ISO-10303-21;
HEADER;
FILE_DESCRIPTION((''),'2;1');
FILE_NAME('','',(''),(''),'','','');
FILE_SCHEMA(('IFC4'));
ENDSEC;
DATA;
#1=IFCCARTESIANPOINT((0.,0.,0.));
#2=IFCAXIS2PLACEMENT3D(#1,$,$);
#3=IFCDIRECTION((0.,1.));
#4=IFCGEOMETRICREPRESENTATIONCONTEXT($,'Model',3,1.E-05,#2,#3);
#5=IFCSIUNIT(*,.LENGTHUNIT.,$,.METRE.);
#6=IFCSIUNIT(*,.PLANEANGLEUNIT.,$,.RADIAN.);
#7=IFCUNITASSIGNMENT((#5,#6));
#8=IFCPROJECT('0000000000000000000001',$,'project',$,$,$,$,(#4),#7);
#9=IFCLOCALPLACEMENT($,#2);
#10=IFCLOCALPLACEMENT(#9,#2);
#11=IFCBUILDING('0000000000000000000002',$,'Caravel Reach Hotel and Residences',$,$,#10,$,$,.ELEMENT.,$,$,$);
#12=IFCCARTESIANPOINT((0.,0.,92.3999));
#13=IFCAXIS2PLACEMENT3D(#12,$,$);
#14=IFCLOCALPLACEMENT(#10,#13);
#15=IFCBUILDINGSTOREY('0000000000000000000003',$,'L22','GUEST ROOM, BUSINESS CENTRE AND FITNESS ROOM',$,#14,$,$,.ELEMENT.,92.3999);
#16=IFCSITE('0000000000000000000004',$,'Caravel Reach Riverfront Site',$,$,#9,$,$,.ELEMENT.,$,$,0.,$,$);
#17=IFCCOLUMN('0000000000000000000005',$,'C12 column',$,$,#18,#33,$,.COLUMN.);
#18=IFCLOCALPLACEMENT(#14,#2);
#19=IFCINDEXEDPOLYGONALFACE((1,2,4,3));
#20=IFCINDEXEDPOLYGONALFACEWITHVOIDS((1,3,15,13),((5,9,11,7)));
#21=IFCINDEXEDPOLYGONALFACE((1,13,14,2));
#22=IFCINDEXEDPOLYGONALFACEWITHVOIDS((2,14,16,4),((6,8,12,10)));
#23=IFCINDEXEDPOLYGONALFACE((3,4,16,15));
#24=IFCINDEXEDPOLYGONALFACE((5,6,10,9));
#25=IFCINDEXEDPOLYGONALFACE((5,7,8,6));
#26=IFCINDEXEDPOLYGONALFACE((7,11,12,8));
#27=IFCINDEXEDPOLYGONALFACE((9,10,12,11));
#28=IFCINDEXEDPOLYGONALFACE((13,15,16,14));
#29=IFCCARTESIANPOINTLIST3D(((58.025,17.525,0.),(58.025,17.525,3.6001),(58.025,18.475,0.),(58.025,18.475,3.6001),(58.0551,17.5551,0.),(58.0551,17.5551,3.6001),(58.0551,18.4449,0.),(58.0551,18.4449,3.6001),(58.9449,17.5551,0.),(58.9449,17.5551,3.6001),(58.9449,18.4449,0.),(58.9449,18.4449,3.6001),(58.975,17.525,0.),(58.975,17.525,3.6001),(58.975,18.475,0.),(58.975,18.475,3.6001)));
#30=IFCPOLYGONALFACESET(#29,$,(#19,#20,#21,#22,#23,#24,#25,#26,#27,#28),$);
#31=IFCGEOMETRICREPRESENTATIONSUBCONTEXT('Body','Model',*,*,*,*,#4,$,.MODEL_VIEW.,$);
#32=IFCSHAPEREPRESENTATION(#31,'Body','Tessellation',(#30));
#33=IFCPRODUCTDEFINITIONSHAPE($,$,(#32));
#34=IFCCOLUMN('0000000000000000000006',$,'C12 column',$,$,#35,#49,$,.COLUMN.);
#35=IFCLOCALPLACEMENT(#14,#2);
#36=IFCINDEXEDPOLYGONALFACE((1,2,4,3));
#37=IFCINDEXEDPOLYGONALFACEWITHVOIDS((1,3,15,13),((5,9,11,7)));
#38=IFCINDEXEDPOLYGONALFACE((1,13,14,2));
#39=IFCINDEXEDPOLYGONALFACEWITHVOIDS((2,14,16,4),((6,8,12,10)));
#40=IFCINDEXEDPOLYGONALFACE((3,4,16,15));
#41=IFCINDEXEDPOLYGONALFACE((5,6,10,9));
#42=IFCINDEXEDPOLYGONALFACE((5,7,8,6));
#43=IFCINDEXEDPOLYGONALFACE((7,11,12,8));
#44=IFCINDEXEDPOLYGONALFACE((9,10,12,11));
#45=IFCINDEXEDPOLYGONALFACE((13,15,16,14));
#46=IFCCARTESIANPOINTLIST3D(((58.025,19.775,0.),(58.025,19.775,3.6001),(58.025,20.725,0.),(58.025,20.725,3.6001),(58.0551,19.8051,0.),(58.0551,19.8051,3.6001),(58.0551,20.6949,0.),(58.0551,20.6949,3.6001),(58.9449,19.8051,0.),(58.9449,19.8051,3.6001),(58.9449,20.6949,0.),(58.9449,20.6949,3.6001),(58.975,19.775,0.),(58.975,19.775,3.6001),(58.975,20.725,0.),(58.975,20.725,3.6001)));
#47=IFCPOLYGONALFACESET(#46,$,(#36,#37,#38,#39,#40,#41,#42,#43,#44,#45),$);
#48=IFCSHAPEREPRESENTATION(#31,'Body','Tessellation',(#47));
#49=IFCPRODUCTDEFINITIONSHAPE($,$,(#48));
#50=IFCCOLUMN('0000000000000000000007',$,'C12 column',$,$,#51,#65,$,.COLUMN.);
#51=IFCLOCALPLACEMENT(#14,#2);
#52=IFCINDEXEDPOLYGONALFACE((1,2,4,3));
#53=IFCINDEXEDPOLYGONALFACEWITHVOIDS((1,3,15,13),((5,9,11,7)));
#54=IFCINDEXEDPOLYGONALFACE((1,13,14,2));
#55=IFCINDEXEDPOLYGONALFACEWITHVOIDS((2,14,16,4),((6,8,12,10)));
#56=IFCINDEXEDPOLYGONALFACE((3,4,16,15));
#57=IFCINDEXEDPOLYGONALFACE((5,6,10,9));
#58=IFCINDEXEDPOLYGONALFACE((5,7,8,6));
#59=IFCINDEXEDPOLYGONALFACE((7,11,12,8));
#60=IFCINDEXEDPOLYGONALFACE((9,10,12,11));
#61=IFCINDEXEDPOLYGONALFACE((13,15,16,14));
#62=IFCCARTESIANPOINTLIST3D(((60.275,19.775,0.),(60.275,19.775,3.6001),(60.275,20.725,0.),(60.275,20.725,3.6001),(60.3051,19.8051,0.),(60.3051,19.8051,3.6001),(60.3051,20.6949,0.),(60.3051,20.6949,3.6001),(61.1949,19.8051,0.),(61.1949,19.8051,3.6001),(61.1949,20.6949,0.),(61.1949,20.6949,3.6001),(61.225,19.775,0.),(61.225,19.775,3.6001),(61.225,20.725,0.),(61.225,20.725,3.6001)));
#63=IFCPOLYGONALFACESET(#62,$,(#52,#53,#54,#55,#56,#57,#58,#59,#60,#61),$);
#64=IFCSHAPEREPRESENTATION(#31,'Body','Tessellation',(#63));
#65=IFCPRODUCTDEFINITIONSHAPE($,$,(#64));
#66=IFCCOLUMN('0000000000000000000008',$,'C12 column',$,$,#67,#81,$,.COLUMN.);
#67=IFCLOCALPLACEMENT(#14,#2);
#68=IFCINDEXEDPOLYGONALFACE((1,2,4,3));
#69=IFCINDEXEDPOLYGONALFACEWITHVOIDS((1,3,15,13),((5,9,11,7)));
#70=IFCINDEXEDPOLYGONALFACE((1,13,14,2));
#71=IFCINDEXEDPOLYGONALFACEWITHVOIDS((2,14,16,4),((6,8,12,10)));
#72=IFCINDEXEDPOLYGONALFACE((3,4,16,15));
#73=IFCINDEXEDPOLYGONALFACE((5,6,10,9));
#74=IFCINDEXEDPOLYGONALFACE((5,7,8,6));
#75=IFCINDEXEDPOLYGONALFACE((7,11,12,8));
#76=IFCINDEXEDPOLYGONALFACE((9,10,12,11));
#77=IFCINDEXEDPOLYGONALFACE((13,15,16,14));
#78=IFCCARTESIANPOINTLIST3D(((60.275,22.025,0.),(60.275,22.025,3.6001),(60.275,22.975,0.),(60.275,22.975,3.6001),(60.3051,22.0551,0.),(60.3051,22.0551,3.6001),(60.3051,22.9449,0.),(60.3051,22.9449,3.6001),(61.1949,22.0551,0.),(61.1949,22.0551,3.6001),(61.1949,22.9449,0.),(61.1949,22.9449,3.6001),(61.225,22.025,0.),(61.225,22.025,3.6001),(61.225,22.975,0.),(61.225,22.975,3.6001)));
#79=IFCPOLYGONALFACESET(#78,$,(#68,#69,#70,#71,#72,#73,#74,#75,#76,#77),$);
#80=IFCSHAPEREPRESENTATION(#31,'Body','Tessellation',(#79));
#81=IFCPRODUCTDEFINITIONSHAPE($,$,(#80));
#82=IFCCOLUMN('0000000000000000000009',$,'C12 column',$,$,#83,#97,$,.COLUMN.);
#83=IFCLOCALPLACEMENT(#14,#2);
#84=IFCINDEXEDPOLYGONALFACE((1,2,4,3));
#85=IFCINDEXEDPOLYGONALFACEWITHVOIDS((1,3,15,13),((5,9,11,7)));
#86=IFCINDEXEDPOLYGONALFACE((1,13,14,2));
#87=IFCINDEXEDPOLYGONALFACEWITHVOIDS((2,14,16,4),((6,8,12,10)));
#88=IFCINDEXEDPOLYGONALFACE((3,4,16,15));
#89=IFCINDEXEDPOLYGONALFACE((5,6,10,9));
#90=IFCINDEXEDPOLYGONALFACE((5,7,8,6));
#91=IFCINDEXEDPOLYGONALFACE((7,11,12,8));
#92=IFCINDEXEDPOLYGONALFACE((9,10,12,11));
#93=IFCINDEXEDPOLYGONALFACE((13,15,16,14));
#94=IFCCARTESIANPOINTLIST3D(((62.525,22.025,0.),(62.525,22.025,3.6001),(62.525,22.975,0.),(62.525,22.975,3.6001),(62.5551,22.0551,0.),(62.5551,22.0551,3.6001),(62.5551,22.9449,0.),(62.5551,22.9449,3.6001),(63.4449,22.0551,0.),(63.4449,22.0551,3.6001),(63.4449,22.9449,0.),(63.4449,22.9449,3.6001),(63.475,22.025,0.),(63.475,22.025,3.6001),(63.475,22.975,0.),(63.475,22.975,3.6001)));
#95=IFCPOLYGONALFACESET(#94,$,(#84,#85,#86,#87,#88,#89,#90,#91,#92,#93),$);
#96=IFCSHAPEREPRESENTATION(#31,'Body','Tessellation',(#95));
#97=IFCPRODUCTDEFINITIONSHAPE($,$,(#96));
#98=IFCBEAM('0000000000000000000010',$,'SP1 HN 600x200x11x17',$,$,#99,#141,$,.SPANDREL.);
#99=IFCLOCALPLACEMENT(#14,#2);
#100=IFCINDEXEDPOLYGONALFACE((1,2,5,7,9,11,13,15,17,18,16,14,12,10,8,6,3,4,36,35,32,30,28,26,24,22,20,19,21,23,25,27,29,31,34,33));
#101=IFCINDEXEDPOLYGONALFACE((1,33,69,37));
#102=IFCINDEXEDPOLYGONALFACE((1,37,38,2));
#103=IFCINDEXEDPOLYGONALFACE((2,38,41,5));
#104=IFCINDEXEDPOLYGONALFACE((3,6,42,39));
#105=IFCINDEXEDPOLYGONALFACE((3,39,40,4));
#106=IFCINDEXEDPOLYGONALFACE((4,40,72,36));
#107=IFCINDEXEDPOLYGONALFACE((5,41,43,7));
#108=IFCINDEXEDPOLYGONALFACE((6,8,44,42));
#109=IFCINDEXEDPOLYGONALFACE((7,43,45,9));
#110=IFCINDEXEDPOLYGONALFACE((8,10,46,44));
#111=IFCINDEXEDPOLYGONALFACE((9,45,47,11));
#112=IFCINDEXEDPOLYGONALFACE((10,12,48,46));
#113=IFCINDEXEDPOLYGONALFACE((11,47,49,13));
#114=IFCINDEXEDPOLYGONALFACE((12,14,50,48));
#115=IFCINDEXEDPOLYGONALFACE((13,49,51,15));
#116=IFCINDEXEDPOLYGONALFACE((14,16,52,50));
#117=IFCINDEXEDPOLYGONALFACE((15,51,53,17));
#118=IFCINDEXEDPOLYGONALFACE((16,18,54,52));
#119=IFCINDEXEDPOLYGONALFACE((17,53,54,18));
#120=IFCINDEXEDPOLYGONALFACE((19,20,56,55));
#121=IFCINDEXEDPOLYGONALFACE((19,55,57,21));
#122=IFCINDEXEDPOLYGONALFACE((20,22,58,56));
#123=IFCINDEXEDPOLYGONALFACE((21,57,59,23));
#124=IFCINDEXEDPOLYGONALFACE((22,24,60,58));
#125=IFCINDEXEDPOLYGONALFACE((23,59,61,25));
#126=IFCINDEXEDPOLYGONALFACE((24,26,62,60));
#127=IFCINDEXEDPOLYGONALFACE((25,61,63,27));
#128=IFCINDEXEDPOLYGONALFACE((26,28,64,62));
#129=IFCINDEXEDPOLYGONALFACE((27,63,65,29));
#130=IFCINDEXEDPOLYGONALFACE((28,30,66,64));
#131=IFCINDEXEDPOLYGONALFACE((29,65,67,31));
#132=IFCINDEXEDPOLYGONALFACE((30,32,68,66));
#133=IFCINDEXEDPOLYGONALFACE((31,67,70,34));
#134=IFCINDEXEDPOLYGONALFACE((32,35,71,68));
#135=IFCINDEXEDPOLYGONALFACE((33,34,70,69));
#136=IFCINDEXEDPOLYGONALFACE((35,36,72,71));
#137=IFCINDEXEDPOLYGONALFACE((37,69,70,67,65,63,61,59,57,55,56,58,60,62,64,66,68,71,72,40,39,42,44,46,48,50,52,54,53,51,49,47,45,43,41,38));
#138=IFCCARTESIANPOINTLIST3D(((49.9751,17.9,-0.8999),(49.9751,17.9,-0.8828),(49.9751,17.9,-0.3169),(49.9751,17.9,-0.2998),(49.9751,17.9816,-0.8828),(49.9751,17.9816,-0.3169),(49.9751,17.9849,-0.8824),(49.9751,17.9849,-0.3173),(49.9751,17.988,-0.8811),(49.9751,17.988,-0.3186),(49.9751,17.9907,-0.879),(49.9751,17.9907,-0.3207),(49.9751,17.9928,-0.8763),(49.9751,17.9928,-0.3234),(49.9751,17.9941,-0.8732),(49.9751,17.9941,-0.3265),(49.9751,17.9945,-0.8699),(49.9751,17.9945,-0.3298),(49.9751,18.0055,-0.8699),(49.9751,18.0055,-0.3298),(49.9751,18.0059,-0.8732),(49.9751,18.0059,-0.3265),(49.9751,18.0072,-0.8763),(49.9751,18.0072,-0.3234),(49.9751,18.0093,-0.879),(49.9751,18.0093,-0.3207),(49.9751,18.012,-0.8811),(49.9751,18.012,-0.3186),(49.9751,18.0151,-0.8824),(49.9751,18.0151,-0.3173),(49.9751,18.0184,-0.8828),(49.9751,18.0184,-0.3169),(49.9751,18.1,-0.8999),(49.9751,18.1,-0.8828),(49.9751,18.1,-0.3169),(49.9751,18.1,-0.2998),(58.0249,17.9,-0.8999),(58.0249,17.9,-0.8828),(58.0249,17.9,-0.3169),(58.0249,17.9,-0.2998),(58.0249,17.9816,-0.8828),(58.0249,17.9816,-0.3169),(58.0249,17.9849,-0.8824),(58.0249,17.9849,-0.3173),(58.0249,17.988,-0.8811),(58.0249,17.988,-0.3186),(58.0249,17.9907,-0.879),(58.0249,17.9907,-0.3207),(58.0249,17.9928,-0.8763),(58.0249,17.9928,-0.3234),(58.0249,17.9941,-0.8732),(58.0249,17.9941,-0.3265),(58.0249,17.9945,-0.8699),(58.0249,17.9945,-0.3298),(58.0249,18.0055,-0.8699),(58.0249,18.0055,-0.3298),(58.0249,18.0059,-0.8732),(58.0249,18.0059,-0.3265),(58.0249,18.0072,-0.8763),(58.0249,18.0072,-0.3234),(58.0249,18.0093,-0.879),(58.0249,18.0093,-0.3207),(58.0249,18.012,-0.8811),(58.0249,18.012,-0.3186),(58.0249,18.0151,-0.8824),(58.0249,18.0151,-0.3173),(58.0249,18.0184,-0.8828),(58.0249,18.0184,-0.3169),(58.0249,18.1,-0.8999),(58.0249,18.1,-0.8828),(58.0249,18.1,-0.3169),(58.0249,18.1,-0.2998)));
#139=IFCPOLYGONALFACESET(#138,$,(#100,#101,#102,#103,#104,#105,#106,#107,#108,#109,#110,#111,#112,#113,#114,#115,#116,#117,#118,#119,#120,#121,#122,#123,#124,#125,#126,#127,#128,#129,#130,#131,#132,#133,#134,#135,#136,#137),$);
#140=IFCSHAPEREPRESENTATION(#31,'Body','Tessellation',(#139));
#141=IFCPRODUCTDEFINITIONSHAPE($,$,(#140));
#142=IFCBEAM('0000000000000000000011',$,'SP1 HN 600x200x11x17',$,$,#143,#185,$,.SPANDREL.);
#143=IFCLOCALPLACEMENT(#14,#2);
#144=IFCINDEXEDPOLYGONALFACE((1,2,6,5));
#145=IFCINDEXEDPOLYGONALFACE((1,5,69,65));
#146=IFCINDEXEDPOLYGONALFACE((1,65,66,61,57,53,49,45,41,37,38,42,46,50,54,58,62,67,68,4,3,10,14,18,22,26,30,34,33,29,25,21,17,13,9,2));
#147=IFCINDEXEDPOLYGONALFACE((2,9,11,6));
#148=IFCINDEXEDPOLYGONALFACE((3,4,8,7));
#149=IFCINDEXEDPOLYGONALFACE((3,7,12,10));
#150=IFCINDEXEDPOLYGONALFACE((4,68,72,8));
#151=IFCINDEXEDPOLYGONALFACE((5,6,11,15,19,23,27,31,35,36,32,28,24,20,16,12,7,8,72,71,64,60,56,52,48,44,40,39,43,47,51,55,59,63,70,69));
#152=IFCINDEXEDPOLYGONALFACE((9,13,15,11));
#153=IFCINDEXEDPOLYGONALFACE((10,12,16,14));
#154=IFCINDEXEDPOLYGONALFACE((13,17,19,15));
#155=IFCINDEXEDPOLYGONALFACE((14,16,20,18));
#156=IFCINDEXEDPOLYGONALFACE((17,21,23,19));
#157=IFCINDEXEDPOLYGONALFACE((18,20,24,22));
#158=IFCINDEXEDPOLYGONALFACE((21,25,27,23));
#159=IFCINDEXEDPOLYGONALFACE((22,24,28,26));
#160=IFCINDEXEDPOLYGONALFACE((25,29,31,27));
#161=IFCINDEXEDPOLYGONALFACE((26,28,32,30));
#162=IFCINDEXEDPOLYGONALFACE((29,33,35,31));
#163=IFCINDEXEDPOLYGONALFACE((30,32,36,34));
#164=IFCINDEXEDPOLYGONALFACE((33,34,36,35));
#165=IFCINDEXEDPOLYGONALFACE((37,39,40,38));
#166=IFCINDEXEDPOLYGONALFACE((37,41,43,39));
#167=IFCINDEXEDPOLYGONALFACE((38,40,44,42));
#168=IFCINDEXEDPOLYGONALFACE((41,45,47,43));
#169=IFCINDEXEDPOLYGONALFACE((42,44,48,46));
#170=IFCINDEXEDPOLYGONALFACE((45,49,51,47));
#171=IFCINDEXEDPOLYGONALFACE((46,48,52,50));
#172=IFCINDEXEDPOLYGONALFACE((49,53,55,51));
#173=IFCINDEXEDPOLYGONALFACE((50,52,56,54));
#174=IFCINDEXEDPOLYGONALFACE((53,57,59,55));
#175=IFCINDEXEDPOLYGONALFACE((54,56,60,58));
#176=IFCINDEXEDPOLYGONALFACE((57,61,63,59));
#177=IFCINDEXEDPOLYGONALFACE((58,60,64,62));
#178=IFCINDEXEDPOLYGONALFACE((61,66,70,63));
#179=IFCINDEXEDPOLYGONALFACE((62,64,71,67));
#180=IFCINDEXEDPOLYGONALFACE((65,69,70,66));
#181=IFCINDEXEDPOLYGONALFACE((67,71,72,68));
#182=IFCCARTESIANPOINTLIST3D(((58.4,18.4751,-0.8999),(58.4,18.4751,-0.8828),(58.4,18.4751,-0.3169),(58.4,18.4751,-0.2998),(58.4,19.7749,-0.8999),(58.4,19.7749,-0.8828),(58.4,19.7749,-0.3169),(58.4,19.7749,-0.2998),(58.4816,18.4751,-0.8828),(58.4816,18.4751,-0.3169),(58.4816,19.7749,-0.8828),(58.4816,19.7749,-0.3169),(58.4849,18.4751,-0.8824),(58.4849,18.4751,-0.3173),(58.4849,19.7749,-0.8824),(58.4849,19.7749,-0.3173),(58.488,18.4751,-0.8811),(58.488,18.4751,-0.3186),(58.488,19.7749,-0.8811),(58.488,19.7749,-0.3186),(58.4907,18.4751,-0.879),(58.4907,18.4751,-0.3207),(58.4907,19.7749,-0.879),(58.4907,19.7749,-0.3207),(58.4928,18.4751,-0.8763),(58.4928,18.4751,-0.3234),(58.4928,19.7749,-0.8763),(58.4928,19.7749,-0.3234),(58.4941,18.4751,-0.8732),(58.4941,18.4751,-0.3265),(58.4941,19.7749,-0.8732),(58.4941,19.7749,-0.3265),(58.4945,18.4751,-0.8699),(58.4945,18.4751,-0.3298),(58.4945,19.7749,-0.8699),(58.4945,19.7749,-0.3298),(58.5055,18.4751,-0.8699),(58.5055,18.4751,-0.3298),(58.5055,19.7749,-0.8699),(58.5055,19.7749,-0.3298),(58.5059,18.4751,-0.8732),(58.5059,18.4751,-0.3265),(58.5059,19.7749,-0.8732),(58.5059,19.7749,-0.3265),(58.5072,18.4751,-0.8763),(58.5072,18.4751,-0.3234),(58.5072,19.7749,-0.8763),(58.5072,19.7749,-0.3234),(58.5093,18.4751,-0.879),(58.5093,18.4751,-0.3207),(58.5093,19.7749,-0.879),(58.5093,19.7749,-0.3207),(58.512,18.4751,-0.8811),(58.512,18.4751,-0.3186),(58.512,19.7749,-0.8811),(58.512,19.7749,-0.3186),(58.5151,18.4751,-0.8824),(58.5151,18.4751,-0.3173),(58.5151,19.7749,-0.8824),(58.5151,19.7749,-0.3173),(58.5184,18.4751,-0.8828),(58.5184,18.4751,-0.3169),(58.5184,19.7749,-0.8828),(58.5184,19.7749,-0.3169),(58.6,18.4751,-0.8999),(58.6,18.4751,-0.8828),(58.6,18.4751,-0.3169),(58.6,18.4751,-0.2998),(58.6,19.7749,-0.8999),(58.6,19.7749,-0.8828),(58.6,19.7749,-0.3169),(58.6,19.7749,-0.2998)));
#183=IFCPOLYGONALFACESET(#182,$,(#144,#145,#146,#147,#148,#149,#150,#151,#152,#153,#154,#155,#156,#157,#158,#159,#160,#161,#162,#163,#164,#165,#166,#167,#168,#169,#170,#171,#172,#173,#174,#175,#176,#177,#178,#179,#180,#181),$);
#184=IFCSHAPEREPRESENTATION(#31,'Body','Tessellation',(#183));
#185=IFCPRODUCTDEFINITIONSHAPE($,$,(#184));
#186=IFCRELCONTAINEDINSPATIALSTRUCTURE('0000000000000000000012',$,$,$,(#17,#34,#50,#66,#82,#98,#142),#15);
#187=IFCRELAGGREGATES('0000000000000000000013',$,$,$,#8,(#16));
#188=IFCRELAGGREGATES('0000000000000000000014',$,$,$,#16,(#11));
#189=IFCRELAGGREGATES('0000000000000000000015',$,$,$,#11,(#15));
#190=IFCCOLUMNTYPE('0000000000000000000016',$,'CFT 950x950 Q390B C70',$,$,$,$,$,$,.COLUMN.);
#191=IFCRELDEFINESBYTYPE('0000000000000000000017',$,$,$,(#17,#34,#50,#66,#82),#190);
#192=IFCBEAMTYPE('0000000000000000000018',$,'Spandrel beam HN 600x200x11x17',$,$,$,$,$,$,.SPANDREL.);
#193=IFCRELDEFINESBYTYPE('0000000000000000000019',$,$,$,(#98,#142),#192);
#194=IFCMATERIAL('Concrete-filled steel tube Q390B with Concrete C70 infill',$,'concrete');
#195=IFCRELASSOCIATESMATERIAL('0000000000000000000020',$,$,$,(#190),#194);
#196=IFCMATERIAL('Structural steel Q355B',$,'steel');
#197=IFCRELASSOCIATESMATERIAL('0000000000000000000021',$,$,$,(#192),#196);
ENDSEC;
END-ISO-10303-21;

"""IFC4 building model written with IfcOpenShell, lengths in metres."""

from ifc_helpers import new_model, si_unit, direction, frame, origin, origin_2d, place, context, subcontext, project, spatial, hollow_rectangle, i_section, extrude, material, material_profile, profile_set, type_object, element, save


model = new_model("IFC4")

# Units and contexts
model_context = context("Model", 3, precision=1e-05, world=origin(), true_north=direction((0.0, 1.0)))
body_context = subcontext(model_context, "Body", "Model", "MODEL_VIEW")
ifc_project = project(units=[si_unit("LENGTHUNIT", "METRE"), si_unit("PLANEANGLEUNIT", "RADIAN")], contexts=[model_context])

# Site, building, storey
site_placement = place(None, origin())
site = spatial("IfcSite", under=ifc_project, at=site_placement, Name="Caravel Reach Riverfront Site", CompositionType="ELEMENT", RefElevation=0.0)
building_placement = place(site_placement, origin())
building = spatial("IfcBuilding", under=site, at=building_placement, Name="Caravel Reach Hotel and Residences", CompositionType="ELEMENT")
storey_placement = place(building_placement, frame((0.0, 0.0, 92.3999)))
storey = spatial("IfcBuildingStorey", under=building, at=storey_placement, Name="L22", Description="GUEST ROOM, BUSINESS CENTRE AND FITNESS ROOM", CompositionType="ELEMENT", Elevation=92.3999)

# Columns
ifc_material_1 = material(Name="Concrete-filled steel tube Q390B with Concrete C70 infill", Category="concrete")
ifc_material_profile_1 = material_profile(ifc_material_1, hollow_rectangle(XDim=0.95, YDim=0.95, WallThickness=0.03, at=origin_2d()), Name="RHS 950x950x30")
ifc_profile_set_1 = profile_set([ifc_material_profile_1], Name="Concrete-filled steel tube Q390B with Concrete C70 infill")
column_type = type_object("IfcColumnType", Name="CFT 950x950 Q390B C70", PredefinedType="COLUMN", material=ifc_profile_set_1)
for number, where, z_axis, x_axis, name in (
    (1, (58.5, 18.0, 0.0), (0.0, 0.0, 1.0), (1.0, 0.0, 0.0), "C12 column"),
    (2, (58.5, 20.25, 0.0), (0.0, 0.0, 1.0), (1.0, 0.0, 0.0), "C12 column"),
    (3, (60.75, 20.25, 0.0), (0.0, 0.0, 1.0), (1.0, 0.0, 0.0), "C12 column"),
    (4, (60.75, 22.5, 0.0), (0.0, 0.0, 1.0), (1.0, 0.0, 0.0), "C12 column"),
    (5, (63.0, 22.5, 0.0), (0.0, 0.0, 1.0), (1.0, 0.0, 0.0), "C12 column"),
):
    element("IfcColumn", number, at=place(storey_placement, frame(where, z_axis=z_axis, x_axis=x_axis)), inside=storey, type_object=column_type, Name=name, PredefinedType="COLUMN", context=body_context, shape_type="SweptSolid", body=[
        extrude(hollow_rectangle(XDim=0.95, YDim=0.95, WallThickness=0.03, at=origin_2d()), origin(), (0.0, 0.0, 1.0), 3.6001),
    ])

# Beams
ifc_material_2 = material(Name="Structural steel Q355B", Category="steel")
ifc_material_profile_2 = material_profile(ifc_material_2, i_section(OverallWidth=0.2, OverallDepth=0.6001, WebThickness=0.011, FlangeThickness=0.0171, FilletRadius=0.0129, at=origin_2d()), Name="HN 600x200x11x17")
ifc_profile_set_2 = profile_set([ifc_material_profile_2], Name="Structural steel Q355B")
beam_type = type_object("IfcBeamType", Name="Spandrel beam HN 600x200x11x17", PredefinedType="SPANDREL", material=ifc_profile_set_2)
beam_1_placement = place(storey_placement, frame((49.9751, 18.0, -0.5999), z_axis=(1.0, 0.0, 0.0), x_axis=(0.0, 1.0, 0.0)))
element("IfcBeam", 6, at=beam_1_placement, inside=storey, type_object=beam_type, Name="SP1 HN 600x200x11x17", PredefinedType="SPANDREL", context=body_context, shape_type="SweptSolid", body=[
    extrude(i_section(OverallWidth=0.2, OverallDepth=0.6001, WebThickness=0.011, FlangeThickness=0.0171, FilletRadius=0.0129, at=origin_2d()), origin(), (0.0, 0.0, 1.0), 8.0498),
])
for number, where, z_axis, x_axis, name in (
    (7, (58.5, 18.4751, -0.5999), (0.0, 1.0, 0.0), (-1.0, 0.0, 0.0), "SP1 HN 600x200x11x17"),
):
    element("IfcBeam", number, at=place(storey_placement, frame(where, z_axis=z_axis, x_axis=x_axis)), inside=storey, type_object=beam_type, Name=name, PredefinedType="SPANDREL", context=body_context, shape_type="SweptSolid", body=[
        extrude(i_section(OverallWidth=0.2, OverallDepth=0.6001, WebThickness=0.011, FlangeThickness=0.0171, FilletRadius=0.0129, at=origin_2d()), origin(), (0.0, 0.0, 1.0), 1.2998),
    ])

save(model, "model.ifc")
